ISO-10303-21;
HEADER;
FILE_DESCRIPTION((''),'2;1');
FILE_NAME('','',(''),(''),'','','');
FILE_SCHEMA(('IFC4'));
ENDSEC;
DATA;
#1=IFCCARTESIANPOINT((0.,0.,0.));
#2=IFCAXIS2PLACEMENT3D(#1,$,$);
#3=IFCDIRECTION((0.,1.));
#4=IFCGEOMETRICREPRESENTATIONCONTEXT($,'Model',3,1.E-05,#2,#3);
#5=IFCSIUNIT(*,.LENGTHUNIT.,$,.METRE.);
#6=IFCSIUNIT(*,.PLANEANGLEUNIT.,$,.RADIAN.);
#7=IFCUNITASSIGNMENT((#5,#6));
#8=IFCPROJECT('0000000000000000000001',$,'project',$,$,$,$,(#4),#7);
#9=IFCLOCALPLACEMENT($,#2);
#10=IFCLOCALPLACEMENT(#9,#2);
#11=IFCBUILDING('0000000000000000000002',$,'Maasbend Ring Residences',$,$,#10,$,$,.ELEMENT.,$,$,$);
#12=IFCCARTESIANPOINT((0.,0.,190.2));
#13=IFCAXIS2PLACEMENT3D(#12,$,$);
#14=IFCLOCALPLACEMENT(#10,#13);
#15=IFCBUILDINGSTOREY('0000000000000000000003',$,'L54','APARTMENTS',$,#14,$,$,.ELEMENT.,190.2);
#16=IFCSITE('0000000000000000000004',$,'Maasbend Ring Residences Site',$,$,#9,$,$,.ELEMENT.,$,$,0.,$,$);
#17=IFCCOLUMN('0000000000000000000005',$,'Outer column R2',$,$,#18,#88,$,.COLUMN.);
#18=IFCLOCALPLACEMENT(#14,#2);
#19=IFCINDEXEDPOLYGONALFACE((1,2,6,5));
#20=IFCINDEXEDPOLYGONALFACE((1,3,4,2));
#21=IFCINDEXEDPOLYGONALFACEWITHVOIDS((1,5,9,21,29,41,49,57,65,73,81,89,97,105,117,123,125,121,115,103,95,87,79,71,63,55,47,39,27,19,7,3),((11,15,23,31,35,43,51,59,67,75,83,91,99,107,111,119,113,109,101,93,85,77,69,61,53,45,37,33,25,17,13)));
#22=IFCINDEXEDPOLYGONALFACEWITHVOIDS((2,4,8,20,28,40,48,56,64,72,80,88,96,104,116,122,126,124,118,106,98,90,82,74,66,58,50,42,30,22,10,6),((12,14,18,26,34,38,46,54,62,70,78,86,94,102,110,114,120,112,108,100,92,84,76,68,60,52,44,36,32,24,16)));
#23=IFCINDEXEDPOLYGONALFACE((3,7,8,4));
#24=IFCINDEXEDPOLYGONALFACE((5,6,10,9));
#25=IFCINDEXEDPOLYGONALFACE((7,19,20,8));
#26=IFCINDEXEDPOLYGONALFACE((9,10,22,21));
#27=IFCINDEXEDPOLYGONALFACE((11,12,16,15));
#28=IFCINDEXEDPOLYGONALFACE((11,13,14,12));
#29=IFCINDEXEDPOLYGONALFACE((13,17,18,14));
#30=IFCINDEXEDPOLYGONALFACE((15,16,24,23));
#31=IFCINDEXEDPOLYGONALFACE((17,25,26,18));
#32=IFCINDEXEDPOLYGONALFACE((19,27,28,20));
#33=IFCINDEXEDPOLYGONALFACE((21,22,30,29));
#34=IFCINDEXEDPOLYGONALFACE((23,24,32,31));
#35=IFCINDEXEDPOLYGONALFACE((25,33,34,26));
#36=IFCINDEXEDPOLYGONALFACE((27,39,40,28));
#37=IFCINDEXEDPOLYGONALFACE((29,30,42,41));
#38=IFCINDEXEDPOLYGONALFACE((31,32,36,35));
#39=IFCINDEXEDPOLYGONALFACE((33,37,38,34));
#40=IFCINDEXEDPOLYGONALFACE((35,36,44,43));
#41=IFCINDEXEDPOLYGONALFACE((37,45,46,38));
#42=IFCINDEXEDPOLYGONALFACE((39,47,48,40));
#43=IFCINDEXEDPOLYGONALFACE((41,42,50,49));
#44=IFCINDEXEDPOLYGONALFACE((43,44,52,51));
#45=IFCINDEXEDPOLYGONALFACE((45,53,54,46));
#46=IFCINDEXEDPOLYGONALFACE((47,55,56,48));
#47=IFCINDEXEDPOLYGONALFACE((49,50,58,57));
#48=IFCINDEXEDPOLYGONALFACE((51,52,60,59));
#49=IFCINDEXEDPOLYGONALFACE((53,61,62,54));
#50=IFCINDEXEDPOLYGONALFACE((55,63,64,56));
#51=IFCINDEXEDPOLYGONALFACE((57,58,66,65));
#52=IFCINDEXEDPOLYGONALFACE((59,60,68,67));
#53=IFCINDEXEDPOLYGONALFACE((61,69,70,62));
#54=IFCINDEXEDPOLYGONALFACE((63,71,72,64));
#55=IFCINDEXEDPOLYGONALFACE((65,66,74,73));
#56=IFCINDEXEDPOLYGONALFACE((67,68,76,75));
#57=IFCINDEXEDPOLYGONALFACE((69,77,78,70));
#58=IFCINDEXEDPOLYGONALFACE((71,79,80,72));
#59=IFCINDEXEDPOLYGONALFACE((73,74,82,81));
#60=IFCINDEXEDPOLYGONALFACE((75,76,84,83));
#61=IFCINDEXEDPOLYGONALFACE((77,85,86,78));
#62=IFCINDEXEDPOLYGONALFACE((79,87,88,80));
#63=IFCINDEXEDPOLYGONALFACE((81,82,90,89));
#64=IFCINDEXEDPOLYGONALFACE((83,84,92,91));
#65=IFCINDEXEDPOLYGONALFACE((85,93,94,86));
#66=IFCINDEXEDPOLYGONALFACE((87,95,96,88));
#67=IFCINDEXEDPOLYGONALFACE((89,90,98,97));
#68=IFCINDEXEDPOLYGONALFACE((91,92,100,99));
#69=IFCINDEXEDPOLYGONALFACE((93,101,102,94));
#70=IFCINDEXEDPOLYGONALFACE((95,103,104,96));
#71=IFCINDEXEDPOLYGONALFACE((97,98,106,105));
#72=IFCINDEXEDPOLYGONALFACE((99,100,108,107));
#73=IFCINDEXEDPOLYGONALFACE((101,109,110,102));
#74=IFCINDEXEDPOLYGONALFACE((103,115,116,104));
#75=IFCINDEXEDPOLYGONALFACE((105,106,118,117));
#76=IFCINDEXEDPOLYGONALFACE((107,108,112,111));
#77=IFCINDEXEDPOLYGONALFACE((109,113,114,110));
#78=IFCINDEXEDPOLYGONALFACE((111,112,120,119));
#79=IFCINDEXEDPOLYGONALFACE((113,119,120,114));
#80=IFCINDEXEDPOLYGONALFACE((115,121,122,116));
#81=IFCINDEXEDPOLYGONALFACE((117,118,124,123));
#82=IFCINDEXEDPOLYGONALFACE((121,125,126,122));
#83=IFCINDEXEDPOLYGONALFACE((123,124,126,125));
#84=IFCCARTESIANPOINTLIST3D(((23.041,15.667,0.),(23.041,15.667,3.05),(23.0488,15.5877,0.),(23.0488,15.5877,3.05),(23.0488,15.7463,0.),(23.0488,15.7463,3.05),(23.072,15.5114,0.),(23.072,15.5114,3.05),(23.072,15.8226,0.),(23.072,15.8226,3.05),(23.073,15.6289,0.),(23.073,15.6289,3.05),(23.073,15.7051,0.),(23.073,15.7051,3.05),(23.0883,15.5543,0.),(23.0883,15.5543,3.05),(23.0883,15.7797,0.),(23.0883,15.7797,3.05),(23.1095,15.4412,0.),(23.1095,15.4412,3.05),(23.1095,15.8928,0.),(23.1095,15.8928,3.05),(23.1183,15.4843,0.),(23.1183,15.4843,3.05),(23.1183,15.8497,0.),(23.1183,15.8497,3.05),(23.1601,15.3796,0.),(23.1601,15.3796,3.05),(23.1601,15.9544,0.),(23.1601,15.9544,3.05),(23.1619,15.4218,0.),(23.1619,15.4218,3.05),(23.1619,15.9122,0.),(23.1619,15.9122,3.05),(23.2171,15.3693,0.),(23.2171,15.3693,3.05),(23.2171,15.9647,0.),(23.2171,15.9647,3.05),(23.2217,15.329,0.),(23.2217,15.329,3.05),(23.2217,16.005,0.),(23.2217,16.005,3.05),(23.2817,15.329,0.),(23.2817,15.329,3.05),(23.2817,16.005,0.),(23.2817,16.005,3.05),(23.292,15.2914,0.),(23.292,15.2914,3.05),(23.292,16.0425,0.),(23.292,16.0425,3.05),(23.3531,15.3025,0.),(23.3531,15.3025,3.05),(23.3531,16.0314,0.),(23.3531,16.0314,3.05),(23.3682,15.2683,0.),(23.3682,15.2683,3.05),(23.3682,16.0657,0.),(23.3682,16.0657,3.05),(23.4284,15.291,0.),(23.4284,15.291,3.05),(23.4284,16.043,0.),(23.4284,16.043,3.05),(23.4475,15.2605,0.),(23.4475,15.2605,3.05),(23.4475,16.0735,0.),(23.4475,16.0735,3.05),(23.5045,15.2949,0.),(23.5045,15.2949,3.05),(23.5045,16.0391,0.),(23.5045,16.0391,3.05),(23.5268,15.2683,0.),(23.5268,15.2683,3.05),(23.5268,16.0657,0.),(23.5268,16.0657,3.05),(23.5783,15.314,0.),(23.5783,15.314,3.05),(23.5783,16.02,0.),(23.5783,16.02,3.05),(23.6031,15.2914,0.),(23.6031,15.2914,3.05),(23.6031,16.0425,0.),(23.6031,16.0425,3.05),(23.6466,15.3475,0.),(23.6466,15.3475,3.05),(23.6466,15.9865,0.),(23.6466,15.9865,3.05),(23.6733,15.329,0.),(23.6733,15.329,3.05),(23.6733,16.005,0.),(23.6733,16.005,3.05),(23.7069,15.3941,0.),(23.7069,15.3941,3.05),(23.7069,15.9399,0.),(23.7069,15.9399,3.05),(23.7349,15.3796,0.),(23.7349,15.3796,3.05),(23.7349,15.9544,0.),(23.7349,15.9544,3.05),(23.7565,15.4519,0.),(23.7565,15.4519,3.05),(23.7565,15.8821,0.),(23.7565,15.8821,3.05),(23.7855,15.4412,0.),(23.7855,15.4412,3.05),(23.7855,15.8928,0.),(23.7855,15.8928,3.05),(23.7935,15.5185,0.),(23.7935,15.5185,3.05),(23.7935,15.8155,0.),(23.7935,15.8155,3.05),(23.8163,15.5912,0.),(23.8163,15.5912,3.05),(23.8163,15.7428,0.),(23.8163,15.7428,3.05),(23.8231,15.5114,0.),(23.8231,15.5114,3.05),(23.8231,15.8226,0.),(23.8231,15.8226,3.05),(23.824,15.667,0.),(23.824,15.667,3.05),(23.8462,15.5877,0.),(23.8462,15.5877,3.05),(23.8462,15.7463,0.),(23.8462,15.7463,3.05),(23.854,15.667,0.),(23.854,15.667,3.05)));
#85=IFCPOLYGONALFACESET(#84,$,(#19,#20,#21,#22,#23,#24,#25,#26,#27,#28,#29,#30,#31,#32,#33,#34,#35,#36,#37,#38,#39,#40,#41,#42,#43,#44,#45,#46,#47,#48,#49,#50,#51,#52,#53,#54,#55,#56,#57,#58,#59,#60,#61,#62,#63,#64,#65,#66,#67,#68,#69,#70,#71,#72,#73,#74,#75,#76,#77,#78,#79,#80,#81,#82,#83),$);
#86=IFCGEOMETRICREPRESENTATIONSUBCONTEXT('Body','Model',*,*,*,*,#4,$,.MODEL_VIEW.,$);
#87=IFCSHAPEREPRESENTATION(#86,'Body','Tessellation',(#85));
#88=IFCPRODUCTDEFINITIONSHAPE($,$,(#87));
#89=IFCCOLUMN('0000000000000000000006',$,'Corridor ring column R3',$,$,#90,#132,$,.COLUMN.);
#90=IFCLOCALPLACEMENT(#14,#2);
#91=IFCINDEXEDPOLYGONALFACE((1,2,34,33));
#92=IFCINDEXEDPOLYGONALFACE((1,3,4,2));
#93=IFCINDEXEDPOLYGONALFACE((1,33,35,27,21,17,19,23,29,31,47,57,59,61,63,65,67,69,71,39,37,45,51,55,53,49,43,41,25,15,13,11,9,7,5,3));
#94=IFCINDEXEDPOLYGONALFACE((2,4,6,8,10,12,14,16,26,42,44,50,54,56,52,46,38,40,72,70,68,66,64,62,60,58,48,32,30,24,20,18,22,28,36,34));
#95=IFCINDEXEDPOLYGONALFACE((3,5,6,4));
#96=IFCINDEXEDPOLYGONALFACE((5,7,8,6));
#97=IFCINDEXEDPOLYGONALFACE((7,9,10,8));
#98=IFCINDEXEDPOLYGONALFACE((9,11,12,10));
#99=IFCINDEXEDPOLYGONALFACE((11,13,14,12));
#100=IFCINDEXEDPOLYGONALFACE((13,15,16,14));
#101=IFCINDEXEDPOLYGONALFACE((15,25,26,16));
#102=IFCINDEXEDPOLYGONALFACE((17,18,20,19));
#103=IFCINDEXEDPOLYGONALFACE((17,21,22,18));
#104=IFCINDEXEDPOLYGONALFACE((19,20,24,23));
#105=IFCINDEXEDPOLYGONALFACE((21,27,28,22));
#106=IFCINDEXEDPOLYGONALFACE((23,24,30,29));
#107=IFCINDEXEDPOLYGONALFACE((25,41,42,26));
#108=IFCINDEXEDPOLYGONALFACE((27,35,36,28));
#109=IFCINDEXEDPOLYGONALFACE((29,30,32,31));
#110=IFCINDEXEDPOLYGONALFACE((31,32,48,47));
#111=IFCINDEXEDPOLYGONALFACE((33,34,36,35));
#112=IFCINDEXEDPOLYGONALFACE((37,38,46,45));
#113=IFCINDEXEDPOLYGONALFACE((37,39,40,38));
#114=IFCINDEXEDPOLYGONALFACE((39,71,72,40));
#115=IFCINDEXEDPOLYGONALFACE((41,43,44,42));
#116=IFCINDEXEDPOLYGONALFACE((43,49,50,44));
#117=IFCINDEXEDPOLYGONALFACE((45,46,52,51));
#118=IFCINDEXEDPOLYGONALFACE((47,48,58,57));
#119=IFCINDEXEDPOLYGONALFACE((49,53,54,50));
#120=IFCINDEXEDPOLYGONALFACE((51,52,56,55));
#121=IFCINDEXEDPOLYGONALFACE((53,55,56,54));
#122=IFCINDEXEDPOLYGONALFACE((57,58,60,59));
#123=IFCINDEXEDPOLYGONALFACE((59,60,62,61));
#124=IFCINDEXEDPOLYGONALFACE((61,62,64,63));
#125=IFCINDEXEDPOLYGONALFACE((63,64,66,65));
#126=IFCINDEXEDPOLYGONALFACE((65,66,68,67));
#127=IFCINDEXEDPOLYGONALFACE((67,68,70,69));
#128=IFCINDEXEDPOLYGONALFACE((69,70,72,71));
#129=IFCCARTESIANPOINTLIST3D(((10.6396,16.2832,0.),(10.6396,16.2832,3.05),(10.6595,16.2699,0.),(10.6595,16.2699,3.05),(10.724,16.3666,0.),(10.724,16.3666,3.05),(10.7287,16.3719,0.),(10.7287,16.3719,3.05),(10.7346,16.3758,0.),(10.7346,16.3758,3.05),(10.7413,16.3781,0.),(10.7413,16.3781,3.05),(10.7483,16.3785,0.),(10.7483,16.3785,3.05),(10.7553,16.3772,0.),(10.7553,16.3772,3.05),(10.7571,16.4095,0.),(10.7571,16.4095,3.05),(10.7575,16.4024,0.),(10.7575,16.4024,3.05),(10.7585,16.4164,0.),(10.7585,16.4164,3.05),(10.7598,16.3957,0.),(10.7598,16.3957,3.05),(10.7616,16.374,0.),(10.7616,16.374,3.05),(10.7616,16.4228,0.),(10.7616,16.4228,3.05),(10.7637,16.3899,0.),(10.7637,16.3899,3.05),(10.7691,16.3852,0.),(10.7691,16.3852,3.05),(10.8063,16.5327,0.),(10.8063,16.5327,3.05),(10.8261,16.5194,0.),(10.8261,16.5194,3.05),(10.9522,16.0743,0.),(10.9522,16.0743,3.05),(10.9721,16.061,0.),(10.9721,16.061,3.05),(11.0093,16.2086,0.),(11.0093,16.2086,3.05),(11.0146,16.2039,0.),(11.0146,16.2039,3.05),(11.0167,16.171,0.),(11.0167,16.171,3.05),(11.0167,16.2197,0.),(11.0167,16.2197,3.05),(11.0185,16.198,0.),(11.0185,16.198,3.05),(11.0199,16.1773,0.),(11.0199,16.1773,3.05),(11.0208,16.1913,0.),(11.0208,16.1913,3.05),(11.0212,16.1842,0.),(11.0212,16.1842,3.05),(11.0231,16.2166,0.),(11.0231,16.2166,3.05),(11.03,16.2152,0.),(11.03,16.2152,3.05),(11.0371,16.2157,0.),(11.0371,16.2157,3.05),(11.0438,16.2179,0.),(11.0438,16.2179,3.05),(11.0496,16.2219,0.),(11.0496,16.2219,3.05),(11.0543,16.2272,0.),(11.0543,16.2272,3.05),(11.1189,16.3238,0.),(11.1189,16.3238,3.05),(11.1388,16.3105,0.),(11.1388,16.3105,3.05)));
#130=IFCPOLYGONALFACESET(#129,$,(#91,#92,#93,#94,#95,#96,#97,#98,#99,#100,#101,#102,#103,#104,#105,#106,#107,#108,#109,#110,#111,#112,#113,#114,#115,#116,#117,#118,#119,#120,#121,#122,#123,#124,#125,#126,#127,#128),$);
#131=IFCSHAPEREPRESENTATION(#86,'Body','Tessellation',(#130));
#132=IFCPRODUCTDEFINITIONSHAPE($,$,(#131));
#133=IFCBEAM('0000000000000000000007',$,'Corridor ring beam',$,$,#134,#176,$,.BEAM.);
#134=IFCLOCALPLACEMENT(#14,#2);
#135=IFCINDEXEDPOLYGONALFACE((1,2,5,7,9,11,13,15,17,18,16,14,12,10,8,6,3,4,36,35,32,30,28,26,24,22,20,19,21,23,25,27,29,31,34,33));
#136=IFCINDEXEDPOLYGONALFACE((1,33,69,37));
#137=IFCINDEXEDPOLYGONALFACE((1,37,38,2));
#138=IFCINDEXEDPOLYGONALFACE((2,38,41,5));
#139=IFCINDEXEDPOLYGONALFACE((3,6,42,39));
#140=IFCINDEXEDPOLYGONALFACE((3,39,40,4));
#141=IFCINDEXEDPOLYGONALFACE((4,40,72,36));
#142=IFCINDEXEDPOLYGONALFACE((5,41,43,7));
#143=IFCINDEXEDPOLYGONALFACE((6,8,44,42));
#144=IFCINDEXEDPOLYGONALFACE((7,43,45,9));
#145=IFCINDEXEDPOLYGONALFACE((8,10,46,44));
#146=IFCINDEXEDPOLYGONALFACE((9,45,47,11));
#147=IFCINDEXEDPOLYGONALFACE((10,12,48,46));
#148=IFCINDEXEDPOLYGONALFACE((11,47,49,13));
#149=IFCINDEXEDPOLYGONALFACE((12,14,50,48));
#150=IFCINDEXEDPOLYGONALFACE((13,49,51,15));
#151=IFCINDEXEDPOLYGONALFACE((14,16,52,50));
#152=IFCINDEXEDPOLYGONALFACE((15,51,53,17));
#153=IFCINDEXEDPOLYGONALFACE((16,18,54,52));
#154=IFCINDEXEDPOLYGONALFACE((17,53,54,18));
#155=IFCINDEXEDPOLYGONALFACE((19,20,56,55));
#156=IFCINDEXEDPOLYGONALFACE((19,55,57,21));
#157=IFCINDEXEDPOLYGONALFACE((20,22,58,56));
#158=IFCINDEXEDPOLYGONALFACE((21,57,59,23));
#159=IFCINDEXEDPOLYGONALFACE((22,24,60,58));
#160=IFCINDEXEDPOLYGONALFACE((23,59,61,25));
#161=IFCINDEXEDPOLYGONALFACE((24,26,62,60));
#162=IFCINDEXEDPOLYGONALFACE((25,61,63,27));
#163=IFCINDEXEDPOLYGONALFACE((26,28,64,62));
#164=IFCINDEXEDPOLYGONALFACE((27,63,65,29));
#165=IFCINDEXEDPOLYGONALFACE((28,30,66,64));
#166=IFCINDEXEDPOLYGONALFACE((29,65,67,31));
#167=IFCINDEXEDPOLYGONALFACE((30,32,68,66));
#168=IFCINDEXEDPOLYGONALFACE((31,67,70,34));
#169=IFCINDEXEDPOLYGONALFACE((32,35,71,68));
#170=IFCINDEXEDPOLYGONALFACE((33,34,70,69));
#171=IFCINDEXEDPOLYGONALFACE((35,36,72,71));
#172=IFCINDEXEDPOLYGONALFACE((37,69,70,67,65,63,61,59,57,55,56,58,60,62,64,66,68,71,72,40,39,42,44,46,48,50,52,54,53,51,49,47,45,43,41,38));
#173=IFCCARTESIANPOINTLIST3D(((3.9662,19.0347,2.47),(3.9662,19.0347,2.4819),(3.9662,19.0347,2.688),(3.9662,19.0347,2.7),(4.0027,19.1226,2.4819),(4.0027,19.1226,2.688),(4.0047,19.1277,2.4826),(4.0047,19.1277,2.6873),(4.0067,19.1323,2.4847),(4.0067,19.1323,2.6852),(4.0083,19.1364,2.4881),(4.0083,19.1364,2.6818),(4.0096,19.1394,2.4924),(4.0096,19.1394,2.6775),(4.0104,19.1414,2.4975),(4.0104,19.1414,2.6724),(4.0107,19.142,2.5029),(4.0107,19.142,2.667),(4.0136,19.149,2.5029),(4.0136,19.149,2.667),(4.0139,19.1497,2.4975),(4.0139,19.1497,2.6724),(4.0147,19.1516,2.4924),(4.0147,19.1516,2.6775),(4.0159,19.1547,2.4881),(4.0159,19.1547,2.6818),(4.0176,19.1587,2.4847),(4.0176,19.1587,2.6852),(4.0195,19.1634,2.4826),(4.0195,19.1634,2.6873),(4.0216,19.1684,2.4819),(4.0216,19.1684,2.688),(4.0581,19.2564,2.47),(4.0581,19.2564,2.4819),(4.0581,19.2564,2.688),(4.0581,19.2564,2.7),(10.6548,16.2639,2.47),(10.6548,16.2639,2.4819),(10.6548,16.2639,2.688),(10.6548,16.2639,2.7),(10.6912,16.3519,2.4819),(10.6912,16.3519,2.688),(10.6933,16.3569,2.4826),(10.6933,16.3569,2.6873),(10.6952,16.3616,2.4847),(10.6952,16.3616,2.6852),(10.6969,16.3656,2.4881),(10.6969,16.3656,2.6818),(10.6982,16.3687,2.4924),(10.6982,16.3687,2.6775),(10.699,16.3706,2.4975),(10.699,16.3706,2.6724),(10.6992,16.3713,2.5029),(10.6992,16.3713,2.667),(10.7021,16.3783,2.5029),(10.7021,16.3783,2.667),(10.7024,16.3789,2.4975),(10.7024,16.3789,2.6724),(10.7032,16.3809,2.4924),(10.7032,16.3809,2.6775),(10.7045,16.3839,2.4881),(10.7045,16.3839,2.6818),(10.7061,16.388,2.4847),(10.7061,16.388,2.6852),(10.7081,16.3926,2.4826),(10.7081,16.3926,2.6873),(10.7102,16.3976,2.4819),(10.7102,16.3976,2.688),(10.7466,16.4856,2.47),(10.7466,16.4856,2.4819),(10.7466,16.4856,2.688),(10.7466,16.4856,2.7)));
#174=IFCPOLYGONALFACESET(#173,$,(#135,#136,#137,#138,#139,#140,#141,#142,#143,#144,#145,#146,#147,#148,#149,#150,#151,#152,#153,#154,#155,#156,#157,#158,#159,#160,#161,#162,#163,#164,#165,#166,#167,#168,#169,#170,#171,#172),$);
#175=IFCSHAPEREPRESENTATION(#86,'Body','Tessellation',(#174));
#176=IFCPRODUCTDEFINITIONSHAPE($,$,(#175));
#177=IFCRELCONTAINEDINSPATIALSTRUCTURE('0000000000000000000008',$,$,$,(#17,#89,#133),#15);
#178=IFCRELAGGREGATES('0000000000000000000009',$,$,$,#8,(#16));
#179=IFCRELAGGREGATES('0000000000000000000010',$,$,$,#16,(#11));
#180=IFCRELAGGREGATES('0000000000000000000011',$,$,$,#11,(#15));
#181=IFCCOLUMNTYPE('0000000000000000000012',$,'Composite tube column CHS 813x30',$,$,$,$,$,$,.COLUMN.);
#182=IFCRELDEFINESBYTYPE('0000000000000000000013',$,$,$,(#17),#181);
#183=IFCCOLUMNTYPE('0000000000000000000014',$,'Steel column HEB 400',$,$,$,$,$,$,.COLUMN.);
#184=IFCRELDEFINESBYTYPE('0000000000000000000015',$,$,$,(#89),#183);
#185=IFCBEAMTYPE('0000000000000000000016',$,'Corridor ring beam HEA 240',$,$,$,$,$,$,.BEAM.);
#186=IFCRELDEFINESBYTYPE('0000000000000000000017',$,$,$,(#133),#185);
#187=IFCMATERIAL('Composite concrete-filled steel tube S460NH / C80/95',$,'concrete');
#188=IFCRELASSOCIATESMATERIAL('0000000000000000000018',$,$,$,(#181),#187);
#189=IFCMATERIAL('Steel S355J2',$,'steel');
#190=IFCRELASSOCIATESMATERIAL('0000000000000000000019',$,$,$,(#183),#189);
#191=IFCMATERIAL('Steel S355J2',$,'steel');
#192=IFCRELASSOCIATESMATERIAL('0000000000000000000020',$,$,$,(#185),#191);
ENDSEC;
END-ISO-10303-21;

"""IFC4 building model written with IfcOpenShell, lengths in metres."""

from ifc_helpers import new_model, si_unit, direction, frame, origin, origin_2d, place, context, subcontext, project, spatial, hollow_circle, i_section, extrude, material, material_profile, profile_set, type_object, element, save


model = new_model("IFC4")

# Units and contexts
model_context = context("Model", 3, precision=1e-05, world=origin(), true_north=direction((0.0, 1.0)))
body_context = subcontext(model_context, "Body", "Model", "MODEL_VIEW")
ifc_project = project(units=[si_unit("LENGTHUNIT", "METRE"), si_unit("PLANEANGLEUNIT", "RADIAN")], contexts=[model_context])

# Site, building, storey
site_placement = place(None, origin())
site = spatial("IfcSite", under=ifc_project, at=site_placement, Name="Maasbend Ring Residences Site", CompositionType="ELEMENT", RefElevation=0.0)
building_placement = place(site_placement, origin())
building = spatial("IfcBuilding", under=site, at=building_placement, Name="Maasbend Ring Residences", CompositionType="ELEMENT")
storey_placement = place(building_placement, frame((0.0, 0.0, 190.2)))
storey = spatial("IfcBuildingStorey", under=building, at=storey_placement, Name="L54", Description="APARTMENTS", CompositionType="ELEMENT", Elevation=190.2)

# Columns
ifc_material_1 = material(Name="Composite concrete-filled steel tube S460NH / C80/95", Category="concrete")
ifc_material_profile_1 = material_profile(ifc_material_1, hollow_circle(Radius=0.4065, WallThickness=0.03, at=origin_2d()), Name="Composite tube column CHS 813x30")
ifc_profile_set_1 = profile_set([ifc_material_profile_1], Name="Composite concrete-filled steel tube S460NH / C80/95")
column_type_1 = type_object("IfcColumnType", Name="Composite tube column CHS 813x30", PredefinedType="COLUMN", material=ifc_profile_set_1)
column_1_placement = place(storey_placement, frame((23.4475, 15.667, 0.0), z_axis=(0.0, 0.0, 1.0), x_axis=(1.0, 0.0, 0.0)))
element("IfcColumn", 1, at=column_1_placement, inside=storey, type_object=column_type_1, Name="Outer column R2", PredefinedType="COLUMN", context=body_context, shape_type="SweptSolid", body=[
    extrude(hollow_circle(Radius=0.4065, WallThickness=0.03, at=origin_2d()), origin(), (0.0, 0.0, 1.0), 3.05),
])
ifc_material_2 = material(Name="Steel S355J2", Category="steel")
ifc_material_profile_2 = material_profile(ifc_material_2, i_section(OverallWidth=0.3, OverallDepth=0.3999, WebThickness=0.0134, FlangeThickness=0.0239, FilletRadius=0.0271, at=origin_2d()), Name="HEB 400")
ifc_profile_set_2 = profile_set([ifc_material_profile_2], Name="Steel S355J2")
column_type_2 = type_object("IfcColumnType", Name="Steel column HEB 400", PredefinedType="COLUMN", material=ifc_profile_set_2)
column_2_placement = place(storey_placement, frame((10.8892, 16.2969, 0.0), z_axis=(0.0, 0.0, 1.0), x_axis=(0.55557, 0.83147, 0.0)))
element("IfcColumn", 2, at=column_2_placement, inside=storey, type_object=column_type_2, Name="Corridor ring column R3", PredefinedType="COLUMN", context=body_context, shape_type="SweptSolid", body=[
    extrude(i_section(OverallWidth=0.3, OverallDepth=0.3999, WebThickness=0.0134, FlangeThickness=0.0239, FilletRadius=0.0271, at=origin_2d()), origin(), (0.0, 0.0, 1.0), 3.05),
])

# Beam
ifc_material_3 = material(Name="Steel S355J2", Category="steel")
ifc_material_profile_3 = material_profile(ifc_material_3, i_section(OverallWidth=0.24, OverallDepth=0.23, WebThickness=0.0076, FlangeThickness=0.012, FilletRadius=0.021, at=origin_2d()), Name="HEA 240")
ifc_profile_set_3 = profile_set([ifc_material_profile_3], Name="Steel S355J2")
beam_type_1 = type_object("IfcBeamType", Name="Corridor ring beam HEA 240", PredefinedType="BEAM", material=ifc_profile_set_3)
beam_1_placement = place(storey_placement, frame((10.7007, 16.3748, 2.585), z_axis=(-0.923865, 0.382718, 0.0), x_axis=(-0.382718, -0.923865, 0.0)))
element("IfcBeam", 3, at=beam_1_placement, inside=storey, type_object=beam_type_1, Name="Corridor ring beam", PredefinedType="BEAM", context=body_context, shape_type="SweptSolid", body=[
    extrude(i_section(OverallWidth=0.24, OverallDepth=0.23, WebThickness=0.0076, FlangeThickness=0.012, FilletRadius=0.021, at=origin_2d()), origin(), (0.0, 0.0, 1.0), 7.2397),
])

save(model, "model.ifc")
